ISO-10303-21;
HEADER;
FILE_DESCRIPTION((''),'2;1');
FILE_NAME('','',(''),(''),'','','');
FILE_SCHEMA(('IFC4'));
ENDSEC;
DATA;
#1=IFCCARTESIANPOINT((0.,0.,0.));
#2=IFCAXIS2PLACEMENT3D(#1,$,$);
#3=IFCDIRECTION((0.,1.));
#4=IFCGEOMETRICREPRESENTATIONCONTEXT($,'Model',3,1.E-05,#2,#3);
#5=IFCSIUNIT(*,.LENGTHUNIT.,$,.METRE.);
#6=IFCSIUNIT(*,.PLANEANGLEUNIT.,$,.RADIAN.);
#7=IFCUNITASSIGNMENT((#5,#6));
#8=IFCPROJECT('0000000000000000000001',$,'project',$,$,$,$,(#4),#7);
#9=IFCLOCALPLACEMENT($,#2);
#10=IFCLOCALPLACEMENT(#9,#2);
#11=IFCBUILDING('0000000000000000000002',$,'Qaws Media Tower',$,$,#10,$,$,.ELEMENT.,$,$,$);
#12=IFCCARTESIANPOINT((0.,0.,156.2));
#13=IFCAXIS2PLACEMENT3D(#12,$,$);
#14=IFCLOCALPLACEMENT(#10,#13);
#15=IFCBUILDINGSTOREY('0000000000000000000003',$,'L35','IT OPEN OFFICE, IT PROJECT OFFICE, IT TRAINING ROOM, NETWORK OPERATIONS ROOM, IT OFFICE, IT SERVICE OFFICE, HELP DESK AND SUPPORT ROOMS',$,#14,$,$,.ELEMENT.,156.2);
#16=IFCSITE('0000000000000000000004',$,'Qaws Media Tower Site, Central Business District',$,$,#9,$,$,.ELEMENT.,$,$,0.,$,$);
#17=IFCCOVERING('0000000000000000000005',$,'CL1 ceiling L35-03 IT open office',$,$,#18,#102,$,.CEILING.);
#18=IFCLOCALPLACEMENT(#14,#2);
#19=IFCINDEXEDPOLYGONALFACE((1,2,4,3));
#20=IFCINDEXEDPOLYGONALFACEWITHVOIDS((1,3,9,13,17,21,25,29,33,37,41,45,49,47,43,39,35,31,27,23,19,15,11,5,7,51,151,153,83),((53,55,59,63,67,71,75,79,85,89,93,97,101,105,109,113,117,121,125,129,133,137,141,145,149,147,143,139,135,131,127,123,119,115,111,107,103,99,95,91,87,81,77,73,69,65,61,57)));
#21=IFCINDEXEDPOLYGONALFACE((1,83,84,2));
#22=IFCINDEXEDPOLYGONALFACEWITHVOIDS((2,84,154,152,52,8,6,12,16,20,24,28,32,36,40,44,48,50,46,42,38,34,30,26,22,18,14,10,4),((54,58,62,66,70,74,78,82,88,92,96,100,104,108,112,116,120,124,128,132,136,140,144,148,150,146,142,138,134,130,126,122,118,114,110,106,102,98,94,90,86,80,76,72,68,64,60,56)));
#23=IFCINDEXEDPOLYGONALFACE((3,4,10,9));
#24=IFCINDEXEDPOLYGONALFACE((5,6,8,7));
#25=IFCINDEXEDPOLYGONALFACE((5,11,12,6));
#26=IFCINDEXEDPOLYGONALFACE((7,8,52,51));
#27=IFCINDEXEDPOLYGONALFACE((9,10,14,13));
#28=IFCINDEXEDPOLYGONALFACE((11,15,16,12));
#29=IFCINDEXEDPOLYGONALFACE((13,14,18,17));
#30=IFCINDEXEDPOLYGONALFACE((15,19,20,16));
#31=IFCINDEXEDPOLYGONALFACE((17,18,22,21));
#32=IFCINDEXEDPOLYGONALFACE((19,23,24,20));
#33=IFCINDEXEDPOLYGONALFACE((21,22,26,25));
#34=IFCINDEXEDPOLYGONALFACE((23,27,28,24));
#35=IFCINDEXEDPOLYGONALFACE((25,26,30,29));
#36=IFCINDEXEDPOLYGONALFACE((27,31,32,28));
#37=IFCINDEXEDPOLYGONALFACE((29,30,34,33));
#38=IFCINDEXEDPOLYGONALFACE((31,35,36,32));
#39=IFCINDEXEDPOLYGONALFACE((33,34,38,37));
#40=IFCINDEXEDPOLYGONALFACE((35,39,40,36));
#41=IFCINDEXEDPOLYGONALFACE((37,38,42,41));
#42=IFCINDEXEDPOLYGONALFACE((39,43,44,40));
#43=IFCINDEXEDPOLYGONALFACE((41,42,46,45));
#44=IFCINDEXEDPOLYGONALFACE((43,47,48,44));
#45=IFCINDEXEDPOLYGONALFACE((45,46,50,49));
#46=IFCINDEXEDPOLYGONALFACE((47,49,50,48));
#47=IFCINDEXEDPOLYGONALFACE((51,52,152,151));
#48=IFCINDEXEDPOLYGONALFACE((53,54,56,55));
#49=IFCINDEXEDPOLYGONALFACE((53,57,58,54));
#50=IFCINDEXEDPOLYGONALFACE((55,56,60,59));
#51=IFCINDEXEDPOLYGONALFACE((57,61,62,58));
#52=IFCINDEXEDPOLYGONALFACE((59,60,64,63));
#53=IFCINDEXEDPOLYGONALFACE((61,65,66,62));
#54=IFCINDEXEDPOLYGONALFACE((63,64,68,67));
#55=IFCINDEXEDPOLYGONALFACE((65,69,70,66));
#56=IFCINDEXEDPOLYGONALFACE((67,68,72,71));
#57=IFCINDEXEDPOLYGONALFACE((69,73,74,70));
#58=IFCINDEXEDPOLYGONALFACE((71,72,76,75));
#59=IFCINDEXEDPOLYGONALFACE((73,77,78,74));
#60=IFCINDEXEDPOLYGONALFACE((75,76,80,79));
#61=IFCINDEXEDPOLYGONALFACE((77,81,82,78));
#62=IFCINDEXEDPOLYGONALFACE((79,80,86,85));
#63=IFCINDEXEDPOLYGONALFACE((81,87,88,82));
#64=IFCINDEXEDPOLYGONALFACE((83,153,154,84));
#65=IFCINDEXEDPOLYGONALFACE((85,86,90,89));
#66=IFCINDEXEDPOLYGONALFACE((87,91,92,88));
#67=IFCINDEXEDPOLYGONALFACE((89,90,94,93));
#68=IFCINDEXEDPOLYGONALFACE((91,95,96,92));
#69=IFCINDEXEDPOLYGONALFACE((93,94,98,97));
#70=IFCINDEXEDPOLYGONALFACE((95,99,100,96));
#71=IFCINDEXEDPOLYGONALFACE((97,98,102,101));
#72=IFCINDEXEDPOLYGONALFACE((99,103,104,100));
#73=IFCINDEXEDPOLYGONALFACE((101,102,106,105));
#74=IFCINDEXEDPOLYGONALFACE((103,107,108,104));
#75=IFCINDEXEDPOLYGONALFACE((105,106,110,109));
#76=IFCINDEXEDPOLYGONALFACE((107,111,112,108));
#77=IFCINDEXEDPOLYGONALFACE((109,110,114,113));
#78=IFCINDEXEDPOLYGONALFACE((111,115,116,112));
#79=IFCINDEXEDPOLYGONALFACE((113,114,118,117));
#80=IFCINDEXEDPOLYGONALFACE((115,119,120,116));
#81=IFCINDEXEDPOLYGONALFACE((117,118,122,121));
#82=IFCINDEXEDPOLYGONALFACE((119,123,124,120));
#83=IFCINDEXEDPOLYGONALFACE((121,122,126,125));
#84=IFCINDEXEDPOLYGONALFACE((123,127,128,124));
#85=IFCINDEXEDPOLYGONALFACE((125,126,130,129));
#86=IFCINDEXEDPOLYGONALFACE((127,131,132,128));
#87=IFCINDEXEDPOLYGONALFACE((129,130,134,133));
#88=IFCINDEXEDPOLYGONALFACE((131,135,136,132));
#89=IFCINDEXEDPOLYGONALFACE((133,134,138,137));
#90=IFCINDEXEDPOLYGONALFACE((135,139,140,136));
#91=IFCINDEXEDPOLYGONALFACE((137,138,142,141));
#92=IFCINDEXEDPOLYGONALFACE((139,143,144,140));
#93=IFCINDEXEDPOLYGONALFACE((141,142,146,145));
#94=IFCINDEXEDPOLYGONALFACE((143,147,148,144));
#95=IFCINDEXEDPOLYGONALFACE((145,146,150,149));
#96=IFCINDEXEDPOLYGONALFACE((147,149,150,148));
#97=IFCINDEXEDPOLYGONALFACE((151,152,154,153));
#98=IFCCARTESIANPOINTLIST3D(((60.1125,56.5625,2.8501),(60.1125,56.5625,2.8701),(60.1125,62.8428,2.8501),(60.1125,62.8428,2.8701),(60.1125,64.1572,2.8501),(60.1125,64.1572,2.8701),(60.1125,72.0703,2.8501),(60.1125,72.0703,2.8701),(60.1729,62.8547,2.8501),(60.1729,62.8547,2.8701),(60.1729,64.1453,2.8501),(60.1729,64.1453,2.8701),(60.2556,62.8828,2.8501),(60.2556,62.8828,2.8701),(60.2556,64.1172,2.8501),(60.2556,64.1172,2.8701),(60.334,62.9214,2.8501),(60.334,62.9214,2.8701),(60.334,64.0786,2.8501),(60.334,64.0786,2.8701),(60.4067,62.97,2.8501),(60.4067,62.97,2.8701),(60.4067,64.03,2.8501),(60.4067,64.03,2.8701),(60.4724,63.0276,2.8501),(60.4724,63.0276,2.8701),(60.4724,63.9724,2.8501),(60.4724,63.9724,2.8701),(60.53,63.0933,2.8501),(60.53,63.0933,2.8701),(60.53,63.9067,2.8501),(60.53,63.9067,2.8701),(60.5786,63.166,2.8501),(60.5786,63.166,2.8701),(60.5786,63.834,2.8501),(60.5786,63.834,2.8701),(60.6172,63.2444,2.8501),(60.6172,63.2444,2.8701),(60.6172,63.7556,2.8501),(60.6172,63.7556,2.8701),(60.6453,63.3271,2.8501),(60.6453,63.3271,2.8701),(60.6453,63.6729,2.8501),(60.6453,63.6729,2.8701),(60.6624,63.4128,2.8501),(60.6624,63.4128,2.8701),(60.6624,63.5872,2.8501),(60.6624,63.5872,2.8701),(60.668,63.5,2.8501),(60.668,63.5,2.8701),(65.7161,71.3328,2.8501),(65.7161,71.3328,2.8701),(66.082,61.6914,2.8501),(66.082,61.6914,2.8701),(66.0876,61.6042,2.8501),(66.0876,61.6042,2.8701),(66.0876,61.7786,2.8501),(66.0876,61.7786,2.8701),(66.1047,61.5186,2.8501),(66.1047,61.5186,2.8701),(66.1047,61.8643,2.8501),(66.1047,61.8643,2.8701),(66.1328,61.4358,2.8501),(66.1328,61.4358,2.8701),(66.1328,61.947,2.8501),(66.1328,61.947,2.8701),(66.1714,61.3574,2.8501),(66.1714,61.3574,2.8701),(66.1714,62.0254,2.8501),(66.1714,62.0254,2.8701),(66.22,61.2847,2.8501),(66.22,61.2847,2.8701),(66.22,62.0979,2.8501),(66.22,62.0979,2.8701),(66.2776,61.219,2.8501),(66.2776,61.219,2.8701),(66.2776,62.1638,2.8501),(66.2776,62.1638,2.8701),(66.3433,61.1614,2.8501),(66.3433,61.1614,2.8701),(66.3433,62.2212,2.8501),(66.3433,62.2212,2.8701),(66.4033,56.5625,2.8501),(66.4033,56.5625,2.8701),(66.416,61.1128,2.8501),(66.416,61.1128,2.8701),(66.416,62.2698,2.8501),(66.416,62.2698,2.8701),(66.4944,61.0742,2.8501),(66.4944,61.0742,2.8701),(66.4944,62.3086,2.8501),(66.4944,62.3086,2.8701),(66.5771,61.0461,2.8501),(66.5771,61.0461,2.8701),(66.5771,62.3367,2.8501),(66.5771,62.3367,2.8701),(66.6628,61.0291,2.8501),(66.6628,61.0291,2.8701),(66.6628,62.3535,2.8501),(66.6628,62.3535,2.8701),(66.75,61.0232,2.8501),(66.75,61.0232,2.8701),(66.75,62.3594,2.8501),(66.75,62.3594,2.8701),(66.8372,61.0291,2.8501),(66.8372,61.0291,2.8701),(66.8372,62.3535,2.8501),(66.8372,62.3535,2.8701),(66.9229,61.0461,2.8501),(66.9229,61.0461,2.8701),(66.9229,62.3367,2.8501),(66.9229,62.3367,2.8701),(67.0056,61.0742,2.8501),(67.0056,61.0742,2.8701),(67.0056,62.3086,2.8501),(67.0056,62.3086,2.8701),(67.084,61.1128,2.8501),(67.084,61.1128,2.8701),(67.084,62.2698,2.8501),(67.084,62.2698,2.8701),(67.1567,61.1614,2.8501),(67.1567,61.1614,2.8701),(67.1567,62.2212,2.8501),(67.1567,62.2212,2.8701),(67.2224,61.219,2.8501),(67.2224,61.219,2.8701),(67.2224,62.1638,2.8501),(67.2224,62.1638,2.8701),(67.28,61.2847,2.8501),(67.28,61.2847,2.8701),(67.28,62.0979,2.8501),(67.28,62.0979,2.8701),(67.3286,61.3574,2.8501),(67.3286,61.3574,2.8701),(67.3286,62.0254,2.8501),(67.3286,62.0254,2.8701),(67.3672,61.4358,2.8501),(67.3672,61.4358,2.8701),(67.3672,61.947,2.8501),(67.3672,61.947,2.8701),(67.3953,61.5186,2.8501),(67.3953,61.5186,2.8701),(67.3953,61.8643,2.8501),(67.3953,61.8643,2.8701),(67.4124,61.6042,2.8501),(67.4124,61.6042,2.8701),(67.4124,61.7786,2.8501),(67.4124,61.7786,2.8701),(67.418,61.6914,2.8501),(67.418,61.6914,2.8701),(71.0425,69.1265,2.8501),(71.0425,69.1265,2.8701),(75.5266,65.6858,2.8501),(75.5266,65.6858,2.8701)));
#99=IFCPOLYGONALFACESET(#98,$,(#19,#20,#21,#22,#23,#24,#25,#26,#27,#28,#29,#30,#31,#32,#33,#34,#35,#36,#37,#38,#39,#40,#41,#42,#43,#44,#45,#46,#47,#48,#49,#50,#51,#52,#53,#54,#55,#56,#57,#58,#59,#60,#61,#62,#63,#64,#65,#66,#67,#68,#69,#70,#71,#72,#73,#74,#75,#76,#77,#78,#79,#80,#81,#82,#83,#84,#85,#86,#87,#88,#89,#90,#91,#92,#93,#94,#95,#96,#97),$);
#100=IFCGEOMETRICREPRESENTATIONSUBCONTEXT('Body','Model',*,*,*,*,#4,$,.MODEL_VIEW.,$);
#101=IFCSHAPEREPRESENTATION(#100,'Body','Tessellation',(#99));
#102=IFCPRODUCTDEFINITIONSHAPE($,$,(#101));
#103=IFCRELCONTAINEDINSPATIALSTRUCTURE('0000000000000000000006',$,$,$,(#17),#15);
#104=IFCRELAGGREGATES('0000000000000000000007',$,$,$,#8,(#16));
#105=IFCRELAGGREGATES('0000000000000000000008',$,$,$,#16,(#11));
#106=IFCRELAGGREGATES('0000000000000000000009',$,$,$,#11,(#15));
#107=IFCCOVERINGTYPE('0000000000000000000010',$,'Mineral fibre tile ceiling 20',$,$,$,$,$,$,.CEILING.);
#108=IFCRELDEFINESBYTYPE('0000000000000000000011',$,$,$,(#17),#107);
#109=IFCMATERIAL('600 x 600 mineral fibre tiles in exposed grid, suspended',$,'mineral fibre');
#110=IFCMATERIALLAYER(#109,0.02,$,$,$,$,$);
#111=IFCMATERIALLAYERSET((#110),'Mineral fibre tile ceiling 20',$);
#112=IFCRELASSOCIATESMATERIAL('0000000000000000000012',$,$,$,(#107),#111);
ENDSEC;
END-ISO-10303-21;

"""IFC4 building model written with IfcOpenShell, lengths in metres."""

from ifc_helpers import new_model, si_unit, direction, frame, origin, place, context, subcontext, project, spatial, polyline, outline, extrude, material, layer, layer_set, type_object, element, save


model = new_model("IFC4")

# Units and contexts
model_context = context("Model", 3, precision=1e-05, world=origin(), true_north=direction((0.0, 1.0)))
body_context = subcontext(model_context, "Body", "Model", "MODEL_VIEW")
ifc_project = project(units=[si_unit("LENGTHUNIT", "METRE"), si_unit("PLANEANGLEUNIT", "RADIAN")], contexts=[model_context])

# Site, building, storey
site_placement = place(None, origin())
site = spatial("IfcSite", under=ifc_project, at=site_placement, Name="Qaws Media Tower Site, Central Business District", CompositionType="ELEMENT", RefElevation=0.0)
building_placement = place(site_placement, origin())
building = spatial("IfcBuilding", under=site, at=building_placement, Name="Qaws Media Tower", CompositionType="ELEMENT")
storey_placement = place(building_placement, frame((0.0, 0.0, 156.2)))
storey = spatial("IfcBuildingStorey", under=building, at=storey_placement, Name="L35", Description="IT OPEN OFFICE, IT PROJECT OFFICE, IT TRAINING ROOM, NETWORK OPERATIONS ROOM, IT OFFICE, IT SERVICE OFFICE, HELP DESK AND SUPPORT ROOMS", CompositionType="ELEMENT", Elevation=156.2)

# Covering
ifc_material_1 = material(Name="600 x 600 mineral fibre tiles in exposed grid, suspended", Category="mineral fibre")
ifc_layer_1 = layer(ifc_material_1, 0.02)
ifc_layer_set_1 = layer_set([ifc_layer_1], Name="Mineral fibre tile ceiling 20")
covering_type_1 = type_object("IfcCoveringType", Name="Mineral fibre tile ceiling 20", PredefinedType="CEILING", material=ifc_layer_set_1)
covering_1_placement = place(storey_placement, frame((0.0, 0.0, 2.8501)))
element("IfcCovering", 1, at=covering_1_placement, inside=storey, type_object=covering_type_1, Name="CL1 ceiling L35-03 IT open office", PredefinedType="CEILING", context=body_context, shape_type="SweptSolid", body=[
    extrude(outline(polyline([(65.7161, 71.3328), (71.0425, 69.1265), (75.5266, 65.6858), (66.4033, 56.5625), (60.1125, 56.5625), (60.1125, 62.8428), (60.1729, 62.8547), (60.2556, 62.8828), (60.334, 62.9214), (60.4067, 62.97), (60.4724, 63.0276), (60.53, 63.0933), (60.5786, 63.166), (60.6172, 63.2444), (60.6453, 63.3271), (60.6624, 63.4128), (60.668, 63.5), (60.6624, 63.5872), (60.6453, 63.6729), (60.6172, 63.7556), (60.5786, 63.834), (60.53, 63.9067), (60.4724, 63.9724), (60.4067, 64.03), (60.334, 64.0786), (60.2556, 64.1172), (60.1729, 64.1453), (60.1125, 64.1572), (60.1125, 72.0703), (65.7161, 71.3328)]), holes=[polyline([(67.3672, 61.4358), (67.3953, 61.5186), (67.4124, 61.6042), (67.418, 61.6914), (67.4124, 61.7786), (67.3953, 61.8643), (67.3672, 61.947), (67.3286, 62.0254), (67.28, 62.0979), (67.2224, 62.1638), (67.1567, 62.2212), (67.084, 62.2698), (67.0056, 62.3086), (66.9229, 62.3367), (66.8372, 62.3535), (66.75, 62.3594), (66.6628, 62.3535), (66.5771, 62.3367), (66.4944, 62.3086), (66.416, 62.2698), (66.3433, 62.2212), (66.2776, 62.1638), (66.22, 62.0979), (66.1714, 62.0254), (66.1328, 61.947), (66.1047, 61.8643), (66.0876, 61.7786), (66.082, 61.6914), (66.0876, 61.6042), (66.1047, 61.5186), (66.1328, 61.4358), (66.1714, 61.3574), (66.22, 61.2847), (66.2776, 61.219), (66.3433, 61.1614), (66.416, 61.1128), (66.4944, 61.0742), (66.5771, 61.0461), (66.6628, 61.0291), (66.75, 61.0232), (66.8372, 61.0291), (66.9229, 61.0461), (67.0056, 61.0742), (67.084, 61.1128), (67.1567, 61.1614), (67.2224, 61.219), (67.28, 61.2847), (67.3286, 61.3574), (67.3672, 61.4358)])]), origin(), (0.0, 0.0, 1.0), 0.02),
])

save(model, "model.ifc")
